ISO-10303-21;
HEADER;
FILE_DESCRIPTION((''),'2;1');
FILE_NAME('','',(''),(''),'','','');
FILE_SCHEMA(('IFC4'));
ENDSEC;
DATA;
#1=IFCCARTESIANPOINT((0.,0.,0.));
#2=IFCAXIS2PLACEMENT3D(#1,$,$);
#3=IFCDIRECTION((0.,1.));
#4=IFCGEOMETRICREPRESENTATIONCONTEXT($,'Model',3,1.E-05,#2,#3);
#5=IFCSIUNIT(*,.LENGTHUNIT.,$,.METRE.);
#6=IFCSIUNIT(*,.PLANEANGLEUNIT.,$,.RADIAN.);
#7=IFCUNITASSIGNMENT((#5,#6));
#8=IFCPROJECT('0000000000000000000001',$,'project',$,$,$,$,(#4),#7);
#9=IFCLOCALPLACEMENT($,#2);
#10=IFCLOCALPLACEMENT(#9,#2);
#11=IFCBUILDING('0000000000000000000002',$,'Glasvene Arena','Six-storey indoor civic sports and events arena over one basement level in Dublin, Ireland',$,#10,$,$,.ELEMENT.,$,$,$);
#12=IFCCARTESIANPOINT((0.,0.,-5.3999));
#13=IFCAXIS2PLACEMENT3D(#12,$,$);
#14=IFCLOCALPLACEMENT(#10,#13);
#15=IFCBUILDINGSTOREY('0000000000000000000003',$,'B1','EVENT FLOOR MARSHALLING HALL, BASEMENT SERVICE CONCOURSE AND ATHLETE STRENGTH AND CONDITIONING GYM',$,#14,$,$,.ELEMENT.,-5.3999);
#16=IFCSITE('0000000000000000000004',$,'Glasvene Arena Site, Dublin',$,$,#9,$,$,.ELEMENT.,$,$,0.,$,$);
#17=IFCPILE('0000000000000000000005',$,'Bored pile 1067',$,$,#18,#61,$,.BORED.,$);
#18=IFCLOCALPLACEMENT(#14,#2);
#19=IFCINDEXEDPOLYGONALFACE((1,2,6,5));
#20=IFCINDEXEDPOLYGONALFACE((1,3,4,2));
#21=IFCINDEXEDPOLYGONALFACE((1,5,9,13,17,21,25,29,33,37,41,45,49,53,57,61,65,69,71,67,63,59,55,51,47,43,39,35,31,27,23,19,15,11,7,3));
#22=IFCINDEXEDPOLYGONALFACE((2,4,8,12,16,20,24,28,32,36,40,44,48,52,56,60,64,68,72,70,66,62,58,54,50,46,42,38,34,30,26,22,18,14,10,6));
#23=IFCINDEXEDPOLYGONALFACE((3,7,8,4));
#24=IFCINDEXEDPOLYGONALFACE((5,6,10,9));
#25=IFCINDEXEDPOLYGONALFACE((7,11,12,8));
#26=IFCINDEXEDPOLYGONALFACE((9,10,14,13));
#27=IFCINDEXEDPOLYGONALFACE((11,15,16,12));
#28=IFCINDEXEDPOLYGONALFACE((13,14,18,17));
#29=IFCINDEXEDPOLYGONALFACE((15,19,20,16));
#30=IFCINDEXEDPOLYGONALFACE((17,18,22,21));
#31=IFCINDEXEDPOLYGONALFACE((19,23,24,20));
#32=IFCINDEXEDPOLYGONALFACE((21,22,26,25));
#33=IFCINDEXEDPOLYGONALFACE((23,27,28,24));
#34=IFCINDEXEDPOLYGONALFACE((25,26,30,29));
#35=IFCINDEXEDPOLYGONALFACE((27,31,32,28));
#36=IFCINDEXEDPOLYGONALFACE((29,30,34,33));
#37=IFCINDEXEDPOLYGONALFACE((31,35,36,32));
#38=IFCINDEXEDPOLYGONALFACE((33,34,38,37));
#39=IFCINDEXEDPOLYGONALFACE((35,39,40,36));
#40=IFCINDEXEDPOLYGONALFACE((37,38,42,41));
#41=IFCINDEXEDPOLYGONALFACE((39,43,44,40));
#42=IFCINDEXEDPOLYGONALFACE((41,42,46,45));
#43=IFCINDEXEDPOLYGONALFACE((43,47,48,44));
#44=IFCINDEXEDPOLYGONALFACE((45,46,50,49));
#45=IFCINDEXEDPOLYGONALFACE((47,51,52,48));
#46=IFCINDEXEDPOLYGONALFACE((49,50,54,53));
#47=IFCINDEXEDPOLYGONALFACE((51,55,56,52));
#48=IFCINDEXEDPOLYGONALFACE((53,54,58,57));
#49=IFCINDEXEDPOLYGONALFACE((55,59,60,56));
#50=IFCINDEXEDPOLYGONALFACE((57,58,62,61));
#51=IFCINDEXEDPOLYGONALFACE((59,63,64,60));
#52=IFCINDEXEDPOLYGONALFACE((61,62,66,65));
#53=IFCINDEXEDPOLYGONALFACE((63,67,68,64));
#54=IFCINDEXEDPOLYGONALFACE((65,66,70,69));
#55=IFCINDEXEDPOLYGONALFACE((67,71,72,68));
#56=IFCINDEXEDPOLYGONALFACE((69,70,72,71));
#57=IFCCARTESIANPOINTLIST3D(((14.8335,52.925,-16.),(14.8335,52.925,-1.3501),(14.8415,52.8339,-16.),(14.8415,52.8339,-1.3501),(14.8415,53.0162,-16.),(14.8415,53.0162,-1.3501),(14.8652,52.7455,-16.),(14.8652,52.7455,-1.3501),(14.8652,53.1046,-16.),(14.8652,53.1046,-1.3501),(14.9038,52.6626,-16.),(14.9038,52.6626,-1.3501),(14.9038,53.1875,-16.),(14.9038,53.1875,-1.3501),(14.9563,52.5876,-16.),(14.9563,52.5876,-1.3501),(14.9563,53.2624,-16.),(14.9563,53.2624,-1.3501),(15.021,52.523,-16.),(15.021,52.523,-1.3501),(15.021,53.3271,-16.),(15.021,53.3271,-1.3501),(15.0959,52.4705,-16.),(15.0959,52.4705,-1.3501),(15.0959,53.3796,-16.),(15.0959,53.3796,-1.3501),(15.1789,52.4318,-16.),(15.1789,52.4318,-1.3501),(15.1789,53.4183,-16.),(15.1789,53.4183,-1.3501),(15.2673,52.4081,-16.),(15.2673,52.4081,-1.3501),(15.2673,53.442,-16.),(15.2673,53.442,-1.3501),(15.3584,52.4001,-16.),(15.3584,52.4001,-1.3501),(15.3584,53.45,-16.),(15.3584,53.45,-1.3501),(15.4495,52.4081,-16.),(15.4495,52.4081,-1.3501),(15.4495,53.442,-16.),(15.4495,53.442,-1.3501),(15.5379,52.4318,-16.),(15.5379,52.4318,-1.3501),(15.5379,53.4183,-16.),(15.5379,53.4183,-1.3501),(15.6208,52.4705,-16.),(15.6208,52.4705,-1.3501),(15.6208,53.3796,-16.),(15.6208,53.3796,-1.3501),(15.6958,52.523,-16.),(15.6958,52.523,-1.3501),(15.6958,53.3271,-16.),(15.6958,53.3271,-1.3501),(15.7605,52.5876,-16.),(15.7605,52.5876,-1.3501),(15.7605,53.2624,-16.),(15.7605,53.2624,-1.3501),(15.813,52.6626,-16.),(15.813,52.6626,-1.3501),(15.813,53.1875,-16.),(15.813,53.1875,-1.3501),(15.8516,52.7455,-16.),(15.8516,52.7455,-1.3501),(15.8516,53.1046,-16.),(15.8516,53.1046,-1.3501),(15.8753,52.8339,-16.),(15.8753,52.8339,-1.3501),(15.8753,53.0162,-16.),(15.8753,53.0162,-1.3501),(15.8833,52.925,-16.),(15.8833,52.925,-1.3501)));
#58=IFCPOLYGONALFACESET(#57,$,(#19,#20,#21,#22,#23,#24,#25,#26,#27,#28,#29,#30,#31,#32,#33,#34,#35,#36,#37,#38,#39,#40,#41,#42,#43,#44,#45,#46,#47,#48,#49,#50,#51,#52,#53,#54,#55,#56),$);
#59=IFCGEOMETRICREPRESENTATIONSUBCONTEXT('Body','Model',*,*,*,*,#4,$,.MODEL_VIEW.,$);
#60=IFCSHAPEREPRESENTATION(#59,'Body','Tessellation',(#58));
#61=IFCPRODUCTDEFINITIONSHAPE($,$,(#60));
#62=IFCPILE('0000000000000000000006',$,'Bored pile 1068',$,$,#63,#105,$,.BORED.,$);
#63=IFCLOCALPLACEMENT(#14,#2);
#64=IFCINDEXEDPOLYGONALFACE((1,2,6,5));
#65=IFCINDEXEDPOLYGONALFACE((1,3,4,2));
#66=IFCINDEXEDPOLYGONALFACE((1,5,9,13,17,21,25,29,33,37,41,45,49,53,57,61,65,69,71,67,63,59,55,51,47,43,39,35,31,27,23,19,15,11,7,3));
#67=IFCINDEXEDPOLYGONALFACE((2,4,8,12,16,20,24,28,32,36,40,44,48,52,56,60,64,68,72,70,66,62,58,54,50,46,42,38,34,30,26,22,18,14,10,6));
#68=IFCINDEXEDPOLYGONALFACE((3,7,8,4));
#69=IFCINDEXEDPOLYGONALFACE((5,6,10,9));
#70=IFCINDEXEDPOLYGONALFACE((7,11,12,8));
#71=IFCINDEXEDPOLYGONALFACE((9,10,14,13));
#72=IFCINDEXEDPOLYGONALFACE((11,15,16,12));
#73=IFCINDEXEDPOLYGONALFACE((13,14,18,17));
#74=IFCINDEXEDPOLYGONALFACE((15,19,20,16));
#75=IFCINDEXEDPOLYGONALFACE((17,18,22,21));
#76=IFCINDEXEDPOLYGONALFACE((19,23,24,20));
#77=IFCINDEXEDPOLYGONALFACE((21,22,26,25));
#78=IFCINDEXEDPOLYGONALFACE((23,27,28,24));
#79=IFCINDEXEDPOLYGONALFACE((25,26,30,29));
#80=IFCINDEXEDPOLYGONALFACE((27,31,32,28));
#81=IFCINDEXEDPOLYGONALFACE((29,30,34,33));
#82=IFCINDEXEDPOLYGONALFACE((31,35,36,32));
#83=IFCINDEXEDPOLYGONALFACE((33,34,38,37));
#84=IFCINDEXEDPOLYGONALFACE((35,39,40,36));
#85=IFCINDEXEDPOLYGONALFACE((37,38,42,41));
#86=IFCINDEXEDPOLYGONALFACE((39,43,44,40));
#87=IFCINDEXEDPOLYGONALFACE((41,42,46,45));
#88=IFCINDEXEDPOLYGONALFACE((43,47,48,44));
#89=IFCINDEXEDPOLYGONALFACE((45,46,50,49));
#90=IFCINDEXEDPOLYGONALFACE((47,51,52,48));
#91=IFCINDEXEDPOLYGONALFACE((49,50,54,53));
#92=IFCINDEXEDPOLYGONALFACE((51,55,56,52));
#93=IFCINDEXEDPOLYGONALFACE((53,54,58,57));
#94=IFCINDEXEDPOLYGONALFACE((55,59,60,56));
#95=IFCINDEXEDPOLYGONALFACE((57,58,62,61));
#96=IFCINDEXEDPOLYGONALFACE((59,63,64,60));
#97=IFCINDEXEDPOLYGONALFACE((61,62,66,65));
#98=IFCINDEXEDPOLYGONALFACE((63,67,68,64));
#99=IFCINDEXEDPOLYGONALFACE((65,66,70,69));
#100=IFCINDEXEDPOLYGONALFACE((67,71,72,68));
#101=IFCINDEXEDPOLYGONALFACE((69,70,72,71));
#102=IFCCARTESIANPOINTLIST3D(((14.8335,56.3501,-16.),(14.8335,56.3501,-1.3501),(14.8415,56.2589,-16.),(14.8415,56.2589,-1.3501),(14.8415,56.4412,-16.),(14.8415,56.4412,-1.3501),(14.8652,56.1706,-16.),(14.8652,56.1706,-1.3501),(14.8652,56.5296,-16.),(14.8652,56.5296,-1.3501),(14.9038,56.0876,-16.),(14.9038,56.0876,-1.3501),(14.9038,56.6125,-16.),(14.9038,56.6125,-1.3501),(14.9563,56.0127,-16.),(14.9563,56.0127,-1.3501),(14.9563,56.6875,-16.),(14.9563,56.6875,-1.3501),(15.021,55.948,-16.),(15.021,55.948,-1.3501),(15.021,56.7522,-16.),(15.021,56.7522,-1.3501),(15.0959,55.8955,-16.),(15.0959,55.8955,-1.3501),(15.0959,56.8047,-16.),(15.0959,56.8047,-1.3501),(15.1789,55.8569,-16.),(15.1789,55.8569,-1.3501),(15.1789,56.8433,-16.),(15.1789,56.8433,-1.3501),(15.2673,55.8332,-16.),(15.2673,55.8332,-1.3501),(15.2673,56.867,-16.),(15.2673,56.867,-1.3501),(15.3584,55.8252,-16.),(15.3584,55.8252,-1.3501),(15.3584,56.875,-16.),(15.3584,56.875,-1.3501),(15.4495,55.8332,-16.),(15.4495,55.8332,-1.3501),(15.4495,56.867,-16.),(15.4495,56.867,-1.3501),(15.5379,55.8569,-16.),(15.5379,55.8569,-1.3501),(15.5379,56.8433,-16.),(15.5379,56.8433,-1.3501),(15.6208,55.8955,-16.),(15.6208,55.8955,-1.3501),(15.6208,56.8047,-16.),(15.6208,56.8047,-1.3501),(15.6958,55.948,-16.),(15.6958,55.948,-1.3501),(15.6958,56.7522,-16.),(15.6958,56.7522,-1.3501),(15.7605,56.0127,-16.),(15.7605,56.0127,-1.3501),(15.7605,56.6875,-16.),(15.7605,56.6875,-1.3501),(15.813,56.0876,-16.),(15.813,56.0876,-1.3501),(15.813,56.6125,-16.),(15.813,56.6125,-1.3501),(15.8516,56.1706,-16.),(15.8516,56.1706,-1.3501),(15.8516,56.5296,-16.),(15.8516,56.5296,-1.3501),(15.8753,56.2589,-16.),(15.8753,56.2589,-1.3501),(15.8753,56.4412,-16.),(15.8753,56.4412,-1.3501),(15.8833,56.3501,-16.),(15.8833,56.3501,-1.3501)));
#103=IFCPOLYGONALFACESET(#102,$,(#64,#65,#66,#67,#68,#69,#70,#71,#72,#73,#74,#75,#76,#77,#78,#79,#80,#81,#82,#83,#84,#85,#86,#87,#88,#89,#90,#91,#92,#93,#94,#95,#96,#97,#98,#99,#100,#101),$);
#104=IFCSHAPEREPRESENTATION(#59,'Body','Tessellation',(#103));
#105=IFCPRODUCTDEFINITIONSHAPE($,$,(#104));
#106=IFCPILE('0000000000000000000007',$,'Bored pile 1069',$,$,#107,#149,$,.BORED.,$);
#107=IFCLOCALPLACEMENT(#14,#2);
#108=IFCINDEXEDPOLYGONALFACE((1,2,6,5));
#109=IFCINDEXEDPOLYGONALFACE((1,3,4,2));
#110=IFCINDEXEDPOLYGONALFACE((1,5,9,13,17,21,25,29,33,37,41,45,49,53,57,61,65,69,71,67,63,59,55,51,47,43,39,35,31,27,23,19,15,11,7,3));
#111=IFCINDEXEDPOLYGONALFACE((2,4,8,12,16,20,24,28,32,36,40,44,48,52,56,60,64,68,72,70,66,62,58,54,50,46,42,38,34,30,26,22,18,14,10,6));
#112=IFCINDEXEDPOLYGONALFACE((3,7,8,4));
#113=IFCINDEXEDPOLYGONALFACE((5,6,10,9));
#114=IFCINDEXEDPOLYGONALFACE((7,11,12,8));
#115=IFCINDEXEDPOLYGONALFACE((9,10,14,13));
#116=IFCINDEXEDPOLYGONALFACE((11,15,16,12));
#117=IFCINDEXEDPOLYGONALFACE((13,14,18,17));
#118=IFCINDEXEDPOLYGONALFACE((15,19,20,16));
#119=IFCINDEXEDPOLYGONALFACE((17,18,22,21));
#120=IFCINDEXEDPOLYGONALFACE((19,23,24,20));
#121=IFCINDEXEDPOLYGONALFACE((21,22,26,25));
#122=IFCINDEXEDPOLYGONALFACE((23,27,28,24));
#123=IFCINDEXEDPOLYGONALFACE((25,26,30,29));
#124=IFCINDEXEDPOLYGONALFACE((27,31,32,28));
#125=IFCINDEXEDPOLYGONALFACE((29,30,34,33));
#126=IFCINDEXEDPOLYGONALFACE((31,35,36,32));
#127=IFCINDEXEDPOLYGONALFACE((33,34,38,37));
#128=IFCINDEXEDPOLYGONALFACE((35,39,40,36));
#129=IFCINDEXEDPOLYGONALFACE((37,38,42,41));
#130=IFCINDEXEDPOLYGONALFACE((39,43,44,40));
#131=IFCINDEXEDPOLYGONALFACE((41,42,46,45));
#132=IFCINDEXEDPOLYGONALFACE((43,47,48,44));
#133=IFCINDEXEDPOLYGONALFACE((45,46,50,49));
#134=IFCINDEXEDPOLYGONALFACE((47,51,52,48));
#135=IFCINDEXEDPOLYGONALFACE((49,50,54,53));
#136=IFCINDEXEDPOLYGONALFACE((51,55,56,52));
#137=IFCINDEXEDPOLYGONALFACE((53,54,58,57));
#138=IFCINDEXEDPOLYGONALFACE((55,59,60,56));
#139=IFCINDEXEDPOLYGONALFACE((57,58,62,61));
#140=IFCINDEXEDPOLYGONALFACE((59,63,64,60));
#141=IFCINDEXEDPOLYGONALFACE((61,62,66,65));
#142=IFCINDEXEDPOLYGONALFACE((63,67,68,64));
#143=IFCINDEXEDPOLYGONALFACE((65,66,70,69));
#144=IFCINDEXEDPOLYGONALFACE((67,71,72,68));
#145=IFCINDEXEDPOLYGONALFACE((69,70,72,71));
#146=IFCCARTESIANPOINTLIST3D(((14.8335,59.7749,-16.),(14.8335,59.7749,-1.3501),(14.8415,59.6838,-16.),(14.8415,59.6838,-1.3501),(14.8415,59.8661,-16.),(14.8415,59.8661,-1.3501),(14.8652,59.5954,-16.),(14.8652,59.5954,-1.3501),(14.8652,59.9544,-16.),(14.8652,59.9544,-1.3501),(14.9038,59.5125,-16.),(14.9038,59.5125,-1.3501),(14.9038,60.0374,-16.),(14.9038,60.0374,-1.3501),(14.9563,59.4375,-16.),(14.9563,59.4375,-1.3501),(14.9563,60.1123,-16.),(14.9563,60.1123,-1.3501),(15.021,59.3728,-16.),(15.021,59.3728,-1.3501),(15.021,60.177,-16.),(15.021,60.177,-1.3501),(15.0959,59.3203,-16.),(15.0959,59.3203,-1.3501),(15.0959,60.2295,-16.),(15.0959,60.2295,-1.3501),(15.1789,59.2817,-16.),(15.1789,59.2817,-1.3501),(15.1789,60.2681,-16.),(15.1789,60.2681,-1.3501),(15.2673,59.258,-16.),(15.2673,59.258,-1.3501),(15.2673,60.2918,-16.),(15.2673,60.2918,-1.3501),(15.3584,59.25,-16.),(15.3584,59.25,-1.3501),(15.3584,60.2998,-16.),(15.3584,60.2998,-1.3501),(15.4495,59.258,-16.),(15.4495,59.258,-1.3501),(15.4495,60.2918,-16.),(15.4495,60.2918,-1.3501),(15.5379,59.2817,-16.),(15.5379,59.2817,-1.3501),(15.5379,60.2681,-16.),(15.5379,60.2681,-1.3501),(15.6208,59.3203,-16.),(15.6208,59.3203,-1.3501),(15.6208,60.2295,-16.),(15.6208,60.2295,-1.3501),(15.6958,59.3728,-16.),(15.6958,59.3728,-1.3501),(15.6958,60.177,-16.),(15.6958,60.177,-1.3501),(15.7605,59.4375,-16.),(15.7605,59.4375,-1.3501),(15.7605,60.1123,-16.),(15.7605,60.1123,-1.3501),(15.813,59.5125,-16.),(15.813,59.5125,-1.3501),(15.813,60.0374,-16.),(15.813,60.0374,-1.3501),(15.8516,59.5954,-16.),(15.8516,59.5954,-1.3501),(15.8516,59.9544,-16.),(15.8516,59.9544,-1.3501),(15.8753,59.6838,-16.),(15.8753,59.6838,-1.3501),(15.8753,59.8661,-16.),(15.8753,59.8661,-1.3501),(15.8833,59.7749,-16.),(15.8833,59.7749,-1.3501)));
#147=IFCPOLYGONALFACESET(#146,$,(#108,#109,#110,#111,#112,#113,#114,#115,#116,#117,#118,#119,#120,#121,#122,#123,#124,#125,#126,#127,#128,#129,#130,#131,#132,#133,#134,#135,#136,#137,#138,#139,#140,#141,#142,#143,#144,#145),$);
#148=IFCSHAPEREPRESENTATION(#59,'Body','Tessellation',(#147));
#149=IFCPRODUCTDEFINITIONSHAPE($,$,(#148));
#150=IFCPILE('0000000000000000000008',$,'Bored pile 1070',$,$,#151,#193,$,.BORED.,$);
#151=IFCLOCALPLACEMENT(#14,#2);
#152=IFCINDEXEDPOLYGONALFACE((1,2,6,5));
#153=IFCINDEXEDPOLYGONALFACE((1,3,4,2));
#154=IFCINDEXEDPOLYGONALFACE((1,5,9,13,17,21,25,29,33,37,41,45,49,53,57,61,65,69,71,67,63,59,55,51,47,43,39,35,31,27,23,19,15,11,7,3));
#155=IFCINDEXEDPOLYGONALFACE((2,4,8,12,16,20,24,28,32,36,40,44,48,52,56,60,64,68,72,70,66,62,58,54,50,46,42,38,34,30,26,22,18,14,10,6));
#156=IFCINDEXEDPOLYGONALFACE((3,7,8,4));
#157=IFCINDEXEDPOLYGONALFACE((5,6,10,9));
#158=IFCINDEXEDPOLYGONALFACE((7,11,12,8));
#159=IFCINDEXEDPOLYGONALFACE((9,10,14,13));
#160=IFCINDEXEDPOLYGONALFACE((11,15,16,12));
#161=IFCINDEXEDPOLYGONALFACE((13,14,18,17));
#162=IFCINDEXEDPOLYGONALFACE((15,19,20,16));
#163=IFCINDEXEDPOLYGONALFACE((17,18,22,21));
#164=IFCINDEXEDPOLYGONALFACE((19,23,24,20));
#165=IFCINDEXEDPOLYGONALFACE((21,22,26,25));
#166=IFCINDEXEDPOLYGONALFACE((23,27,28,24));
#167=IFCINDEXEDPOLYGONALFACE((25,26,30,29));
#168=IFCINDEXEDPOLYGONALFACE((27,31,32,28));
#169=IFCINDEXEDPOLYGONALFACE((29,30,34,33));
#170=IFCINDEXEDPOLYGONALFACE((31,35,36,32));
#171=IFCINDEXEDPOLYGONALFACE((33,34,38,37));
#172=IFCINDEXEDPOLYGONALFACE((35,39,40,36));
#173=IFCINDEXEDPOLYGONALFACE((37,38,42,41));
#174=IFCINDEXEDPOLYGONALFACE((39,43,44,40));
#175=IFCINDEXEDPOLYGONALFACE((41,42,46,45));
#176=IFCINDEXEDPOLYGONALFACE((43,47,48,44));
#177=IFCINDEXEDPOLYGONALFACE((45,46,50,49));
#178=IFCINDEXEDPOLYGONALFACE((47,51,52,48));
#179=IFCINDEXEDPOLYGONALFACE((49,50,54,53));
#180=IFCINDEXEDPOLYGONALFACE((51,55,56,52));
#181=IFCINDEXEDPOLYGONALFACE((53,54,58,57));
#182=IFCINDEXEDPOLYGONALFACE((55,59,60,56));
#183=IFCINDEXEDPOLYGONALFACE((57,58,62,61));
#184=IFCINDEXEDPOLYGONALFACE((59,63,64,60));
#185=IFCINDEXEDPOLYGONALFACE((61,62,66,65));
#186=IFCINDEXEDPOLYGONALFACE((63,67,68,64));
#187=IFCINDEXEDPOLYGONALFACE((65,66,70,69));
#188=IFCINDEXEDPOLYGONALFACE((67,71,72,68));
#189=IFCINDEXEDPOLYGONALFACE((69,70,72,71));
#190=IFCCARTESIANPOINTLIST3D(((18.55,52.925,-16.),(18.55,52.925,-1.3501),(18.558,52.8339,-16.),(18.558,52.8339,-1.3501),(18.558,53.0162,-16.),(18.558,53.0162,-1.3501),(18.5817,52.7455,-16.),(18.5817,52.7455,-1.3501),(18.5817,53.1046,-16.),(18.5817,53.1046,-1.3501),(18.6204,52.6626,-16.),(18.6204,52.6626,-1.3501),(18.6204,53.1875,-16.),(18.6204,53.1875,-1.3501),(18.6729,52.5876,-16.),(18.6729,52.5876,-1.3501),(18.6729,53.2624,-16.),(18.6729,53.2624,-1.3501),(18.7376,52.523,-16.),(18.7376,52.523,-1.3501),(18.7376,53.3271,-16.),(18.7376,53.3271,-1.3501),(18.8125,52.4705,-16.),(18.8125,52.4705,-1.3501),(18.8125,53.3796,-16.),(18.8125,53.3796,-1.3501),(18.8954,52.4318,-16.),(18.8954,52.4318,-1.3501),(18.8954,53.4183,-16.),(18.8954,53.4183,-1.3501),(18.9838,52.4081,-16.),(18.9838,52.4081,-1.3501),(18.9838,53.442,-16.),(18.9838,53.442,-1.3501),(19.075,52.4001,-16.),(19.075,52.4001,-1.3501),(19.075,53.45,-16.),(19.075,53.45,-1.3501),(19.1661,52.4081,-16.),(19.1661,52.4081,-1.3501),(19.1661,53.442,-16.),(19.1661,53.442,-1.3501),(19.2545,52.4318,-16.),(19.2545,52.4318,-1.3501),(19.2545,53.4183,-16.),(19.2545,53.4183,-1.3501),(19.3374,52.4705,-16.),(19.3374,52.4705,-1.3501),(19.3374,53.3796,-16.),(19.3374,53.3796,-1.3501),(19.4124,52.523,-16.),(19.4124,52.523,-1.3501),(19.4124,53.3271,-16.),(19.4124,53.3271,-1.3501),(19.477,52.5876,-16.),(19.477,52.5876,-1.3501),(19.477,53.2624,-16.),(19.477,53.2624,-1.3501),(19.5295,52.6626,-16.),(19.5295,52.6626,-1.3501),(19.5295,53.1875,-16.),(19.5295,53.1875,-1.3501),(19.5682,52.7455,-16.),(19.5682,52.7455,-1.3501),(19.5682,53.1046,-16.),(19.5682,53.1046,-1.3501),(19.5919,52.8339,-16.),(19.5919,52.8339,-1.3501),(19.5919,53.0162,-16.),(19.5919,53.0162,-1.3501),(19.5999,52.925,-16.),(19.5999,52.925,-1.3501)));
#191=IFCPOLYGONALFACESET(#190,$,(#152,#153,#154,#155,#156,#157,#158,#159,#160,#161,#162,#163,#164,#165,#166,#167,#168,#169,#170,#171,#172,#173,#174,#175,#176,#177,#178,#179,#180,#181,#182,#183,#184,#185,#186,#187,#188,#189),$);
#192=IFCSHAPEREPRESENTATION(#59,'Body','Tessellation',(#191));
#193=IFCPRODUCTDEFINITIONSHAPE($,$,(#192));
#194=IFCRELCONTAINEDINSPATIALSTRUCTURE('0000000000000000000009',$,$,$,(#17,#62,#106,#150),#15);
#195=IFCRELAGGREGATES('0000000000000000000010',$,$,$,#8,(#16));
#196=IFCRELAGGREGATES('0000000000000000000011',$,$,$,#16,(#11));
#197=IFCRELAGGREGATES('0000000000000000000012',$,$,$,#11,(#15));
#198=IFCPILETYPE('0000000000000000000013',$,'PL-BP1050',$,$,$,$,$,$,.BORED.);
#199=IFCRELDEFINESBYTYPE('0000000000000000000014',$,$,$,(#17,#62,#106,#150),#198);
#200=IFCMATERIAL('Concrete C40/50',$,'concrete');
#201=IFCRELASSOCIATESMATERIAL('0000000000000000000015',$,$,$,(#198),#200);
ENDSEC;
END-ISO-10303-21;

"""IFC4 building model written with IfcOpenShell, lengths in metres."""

from ifc_helpers import new_model, si_unit, direction, frame, origin, origin_2d, place, context, subcontext, project, spatial, circle, extrude, material, material_profile, profile_set, type_object, element, save


model = new_model("IFC4")

# Units and contexts
model_context = context("Model", 3, precision=1e-05, world=origin(), true_north=direction((0.0, 1.0)))
body_context = subcontext(model_context, "Body", "Model", "MODEL_VIEW")
ifc_project = project(units=[si_unit("LENGTHUNIT", "METRE"), si_unit("PLANEANGLEUNIT", "RADIAN")], contexts=[model_context])

# Site, building, storey
site_placement = place(None, origin())
site = spatial("IfcSite", under=ifc_project, at=site_placement, Name="Glasvene Arena Site, Dublin", CompositionType="ELEMENT", RefElevation=0.0)
building_placement = place(site_placement, origin())
building = spatial("IfcBuilding", under=site, at=building_placement, Name="Glasvene Arena", Description="Six-storey indoor civic sports and events arena over one basement level in Dublin, Ireland", CompositionType="ELEMENT")
storey_placement = place(building_placement, frame((0.0, 0.0, -5.3999)))
storey = spatial("IfcBuildingStorey", under=building, at=storey_placement, Name="B1", Description="EVENT FLOOR MARSHALLING HALL, BASEMENT SERVICE CONCOURSE AND ATHLETE STRENGTH AND CONDITIONING GYM", CompositionType="ELEMENT", Elevation=-5.3999)

# Shared definitions
ifc_material_1 = material(Name="Concrete C40/50", Category="concrete")

# Piles
ifc_material_profile_1 = material_profile(ifc_material_1, circle(Radius=0.5249, at=origin_2d()), Name="BORED PILE 1050")
ifc_profile_set_1 = profile_set([ifc_material_profile_1], Name="Concrete C40/50")
pile_type_1 = type_object("IfcPileType", Name="PL-BP1050", PredefinedType="BORED", material=ifc_profile_set_1)
for number, where, z_axis, x_axis, name in (
    (1, (15.3584, 52.925, -1.3501), (0.0, 0.0, -1.0), (1.0, 0.0, 0.0), "Bored pile 1067"),
    (2, (15.3584, 56.3501, -1.3501), (0.0, 0.0, -1.0), (1.0, 0.0, 0.0), "Bored pile 1068"),
    (3, (15.3584, 59.7749, -1.3501), (0.0, 0.0, -1.0), (1.0, 0.0, 0.0), "Bored pile 1069"),
    (4, (19.075, 52.925, -1.3501), (0.0, 0.0, -1.0), (1.0, 0.0, 0.0), "Bored pile 1070"),
):
    element("IfcPile", number, at=place(storey_placement, frame(where, z_axis=z_axis, x_axis=x_axis)), inside=storey, type_object=pile_type_1, Name=name, PredefinedType="BORED", context=body_context, shape_type="SweptSolid", body=[
        extrude(circle(Radius=0.5249, at=origin_2d()), origin(), (0.0, 0.0, 1.0), 14.6499),
    ])

save(model, "model.ifc")
